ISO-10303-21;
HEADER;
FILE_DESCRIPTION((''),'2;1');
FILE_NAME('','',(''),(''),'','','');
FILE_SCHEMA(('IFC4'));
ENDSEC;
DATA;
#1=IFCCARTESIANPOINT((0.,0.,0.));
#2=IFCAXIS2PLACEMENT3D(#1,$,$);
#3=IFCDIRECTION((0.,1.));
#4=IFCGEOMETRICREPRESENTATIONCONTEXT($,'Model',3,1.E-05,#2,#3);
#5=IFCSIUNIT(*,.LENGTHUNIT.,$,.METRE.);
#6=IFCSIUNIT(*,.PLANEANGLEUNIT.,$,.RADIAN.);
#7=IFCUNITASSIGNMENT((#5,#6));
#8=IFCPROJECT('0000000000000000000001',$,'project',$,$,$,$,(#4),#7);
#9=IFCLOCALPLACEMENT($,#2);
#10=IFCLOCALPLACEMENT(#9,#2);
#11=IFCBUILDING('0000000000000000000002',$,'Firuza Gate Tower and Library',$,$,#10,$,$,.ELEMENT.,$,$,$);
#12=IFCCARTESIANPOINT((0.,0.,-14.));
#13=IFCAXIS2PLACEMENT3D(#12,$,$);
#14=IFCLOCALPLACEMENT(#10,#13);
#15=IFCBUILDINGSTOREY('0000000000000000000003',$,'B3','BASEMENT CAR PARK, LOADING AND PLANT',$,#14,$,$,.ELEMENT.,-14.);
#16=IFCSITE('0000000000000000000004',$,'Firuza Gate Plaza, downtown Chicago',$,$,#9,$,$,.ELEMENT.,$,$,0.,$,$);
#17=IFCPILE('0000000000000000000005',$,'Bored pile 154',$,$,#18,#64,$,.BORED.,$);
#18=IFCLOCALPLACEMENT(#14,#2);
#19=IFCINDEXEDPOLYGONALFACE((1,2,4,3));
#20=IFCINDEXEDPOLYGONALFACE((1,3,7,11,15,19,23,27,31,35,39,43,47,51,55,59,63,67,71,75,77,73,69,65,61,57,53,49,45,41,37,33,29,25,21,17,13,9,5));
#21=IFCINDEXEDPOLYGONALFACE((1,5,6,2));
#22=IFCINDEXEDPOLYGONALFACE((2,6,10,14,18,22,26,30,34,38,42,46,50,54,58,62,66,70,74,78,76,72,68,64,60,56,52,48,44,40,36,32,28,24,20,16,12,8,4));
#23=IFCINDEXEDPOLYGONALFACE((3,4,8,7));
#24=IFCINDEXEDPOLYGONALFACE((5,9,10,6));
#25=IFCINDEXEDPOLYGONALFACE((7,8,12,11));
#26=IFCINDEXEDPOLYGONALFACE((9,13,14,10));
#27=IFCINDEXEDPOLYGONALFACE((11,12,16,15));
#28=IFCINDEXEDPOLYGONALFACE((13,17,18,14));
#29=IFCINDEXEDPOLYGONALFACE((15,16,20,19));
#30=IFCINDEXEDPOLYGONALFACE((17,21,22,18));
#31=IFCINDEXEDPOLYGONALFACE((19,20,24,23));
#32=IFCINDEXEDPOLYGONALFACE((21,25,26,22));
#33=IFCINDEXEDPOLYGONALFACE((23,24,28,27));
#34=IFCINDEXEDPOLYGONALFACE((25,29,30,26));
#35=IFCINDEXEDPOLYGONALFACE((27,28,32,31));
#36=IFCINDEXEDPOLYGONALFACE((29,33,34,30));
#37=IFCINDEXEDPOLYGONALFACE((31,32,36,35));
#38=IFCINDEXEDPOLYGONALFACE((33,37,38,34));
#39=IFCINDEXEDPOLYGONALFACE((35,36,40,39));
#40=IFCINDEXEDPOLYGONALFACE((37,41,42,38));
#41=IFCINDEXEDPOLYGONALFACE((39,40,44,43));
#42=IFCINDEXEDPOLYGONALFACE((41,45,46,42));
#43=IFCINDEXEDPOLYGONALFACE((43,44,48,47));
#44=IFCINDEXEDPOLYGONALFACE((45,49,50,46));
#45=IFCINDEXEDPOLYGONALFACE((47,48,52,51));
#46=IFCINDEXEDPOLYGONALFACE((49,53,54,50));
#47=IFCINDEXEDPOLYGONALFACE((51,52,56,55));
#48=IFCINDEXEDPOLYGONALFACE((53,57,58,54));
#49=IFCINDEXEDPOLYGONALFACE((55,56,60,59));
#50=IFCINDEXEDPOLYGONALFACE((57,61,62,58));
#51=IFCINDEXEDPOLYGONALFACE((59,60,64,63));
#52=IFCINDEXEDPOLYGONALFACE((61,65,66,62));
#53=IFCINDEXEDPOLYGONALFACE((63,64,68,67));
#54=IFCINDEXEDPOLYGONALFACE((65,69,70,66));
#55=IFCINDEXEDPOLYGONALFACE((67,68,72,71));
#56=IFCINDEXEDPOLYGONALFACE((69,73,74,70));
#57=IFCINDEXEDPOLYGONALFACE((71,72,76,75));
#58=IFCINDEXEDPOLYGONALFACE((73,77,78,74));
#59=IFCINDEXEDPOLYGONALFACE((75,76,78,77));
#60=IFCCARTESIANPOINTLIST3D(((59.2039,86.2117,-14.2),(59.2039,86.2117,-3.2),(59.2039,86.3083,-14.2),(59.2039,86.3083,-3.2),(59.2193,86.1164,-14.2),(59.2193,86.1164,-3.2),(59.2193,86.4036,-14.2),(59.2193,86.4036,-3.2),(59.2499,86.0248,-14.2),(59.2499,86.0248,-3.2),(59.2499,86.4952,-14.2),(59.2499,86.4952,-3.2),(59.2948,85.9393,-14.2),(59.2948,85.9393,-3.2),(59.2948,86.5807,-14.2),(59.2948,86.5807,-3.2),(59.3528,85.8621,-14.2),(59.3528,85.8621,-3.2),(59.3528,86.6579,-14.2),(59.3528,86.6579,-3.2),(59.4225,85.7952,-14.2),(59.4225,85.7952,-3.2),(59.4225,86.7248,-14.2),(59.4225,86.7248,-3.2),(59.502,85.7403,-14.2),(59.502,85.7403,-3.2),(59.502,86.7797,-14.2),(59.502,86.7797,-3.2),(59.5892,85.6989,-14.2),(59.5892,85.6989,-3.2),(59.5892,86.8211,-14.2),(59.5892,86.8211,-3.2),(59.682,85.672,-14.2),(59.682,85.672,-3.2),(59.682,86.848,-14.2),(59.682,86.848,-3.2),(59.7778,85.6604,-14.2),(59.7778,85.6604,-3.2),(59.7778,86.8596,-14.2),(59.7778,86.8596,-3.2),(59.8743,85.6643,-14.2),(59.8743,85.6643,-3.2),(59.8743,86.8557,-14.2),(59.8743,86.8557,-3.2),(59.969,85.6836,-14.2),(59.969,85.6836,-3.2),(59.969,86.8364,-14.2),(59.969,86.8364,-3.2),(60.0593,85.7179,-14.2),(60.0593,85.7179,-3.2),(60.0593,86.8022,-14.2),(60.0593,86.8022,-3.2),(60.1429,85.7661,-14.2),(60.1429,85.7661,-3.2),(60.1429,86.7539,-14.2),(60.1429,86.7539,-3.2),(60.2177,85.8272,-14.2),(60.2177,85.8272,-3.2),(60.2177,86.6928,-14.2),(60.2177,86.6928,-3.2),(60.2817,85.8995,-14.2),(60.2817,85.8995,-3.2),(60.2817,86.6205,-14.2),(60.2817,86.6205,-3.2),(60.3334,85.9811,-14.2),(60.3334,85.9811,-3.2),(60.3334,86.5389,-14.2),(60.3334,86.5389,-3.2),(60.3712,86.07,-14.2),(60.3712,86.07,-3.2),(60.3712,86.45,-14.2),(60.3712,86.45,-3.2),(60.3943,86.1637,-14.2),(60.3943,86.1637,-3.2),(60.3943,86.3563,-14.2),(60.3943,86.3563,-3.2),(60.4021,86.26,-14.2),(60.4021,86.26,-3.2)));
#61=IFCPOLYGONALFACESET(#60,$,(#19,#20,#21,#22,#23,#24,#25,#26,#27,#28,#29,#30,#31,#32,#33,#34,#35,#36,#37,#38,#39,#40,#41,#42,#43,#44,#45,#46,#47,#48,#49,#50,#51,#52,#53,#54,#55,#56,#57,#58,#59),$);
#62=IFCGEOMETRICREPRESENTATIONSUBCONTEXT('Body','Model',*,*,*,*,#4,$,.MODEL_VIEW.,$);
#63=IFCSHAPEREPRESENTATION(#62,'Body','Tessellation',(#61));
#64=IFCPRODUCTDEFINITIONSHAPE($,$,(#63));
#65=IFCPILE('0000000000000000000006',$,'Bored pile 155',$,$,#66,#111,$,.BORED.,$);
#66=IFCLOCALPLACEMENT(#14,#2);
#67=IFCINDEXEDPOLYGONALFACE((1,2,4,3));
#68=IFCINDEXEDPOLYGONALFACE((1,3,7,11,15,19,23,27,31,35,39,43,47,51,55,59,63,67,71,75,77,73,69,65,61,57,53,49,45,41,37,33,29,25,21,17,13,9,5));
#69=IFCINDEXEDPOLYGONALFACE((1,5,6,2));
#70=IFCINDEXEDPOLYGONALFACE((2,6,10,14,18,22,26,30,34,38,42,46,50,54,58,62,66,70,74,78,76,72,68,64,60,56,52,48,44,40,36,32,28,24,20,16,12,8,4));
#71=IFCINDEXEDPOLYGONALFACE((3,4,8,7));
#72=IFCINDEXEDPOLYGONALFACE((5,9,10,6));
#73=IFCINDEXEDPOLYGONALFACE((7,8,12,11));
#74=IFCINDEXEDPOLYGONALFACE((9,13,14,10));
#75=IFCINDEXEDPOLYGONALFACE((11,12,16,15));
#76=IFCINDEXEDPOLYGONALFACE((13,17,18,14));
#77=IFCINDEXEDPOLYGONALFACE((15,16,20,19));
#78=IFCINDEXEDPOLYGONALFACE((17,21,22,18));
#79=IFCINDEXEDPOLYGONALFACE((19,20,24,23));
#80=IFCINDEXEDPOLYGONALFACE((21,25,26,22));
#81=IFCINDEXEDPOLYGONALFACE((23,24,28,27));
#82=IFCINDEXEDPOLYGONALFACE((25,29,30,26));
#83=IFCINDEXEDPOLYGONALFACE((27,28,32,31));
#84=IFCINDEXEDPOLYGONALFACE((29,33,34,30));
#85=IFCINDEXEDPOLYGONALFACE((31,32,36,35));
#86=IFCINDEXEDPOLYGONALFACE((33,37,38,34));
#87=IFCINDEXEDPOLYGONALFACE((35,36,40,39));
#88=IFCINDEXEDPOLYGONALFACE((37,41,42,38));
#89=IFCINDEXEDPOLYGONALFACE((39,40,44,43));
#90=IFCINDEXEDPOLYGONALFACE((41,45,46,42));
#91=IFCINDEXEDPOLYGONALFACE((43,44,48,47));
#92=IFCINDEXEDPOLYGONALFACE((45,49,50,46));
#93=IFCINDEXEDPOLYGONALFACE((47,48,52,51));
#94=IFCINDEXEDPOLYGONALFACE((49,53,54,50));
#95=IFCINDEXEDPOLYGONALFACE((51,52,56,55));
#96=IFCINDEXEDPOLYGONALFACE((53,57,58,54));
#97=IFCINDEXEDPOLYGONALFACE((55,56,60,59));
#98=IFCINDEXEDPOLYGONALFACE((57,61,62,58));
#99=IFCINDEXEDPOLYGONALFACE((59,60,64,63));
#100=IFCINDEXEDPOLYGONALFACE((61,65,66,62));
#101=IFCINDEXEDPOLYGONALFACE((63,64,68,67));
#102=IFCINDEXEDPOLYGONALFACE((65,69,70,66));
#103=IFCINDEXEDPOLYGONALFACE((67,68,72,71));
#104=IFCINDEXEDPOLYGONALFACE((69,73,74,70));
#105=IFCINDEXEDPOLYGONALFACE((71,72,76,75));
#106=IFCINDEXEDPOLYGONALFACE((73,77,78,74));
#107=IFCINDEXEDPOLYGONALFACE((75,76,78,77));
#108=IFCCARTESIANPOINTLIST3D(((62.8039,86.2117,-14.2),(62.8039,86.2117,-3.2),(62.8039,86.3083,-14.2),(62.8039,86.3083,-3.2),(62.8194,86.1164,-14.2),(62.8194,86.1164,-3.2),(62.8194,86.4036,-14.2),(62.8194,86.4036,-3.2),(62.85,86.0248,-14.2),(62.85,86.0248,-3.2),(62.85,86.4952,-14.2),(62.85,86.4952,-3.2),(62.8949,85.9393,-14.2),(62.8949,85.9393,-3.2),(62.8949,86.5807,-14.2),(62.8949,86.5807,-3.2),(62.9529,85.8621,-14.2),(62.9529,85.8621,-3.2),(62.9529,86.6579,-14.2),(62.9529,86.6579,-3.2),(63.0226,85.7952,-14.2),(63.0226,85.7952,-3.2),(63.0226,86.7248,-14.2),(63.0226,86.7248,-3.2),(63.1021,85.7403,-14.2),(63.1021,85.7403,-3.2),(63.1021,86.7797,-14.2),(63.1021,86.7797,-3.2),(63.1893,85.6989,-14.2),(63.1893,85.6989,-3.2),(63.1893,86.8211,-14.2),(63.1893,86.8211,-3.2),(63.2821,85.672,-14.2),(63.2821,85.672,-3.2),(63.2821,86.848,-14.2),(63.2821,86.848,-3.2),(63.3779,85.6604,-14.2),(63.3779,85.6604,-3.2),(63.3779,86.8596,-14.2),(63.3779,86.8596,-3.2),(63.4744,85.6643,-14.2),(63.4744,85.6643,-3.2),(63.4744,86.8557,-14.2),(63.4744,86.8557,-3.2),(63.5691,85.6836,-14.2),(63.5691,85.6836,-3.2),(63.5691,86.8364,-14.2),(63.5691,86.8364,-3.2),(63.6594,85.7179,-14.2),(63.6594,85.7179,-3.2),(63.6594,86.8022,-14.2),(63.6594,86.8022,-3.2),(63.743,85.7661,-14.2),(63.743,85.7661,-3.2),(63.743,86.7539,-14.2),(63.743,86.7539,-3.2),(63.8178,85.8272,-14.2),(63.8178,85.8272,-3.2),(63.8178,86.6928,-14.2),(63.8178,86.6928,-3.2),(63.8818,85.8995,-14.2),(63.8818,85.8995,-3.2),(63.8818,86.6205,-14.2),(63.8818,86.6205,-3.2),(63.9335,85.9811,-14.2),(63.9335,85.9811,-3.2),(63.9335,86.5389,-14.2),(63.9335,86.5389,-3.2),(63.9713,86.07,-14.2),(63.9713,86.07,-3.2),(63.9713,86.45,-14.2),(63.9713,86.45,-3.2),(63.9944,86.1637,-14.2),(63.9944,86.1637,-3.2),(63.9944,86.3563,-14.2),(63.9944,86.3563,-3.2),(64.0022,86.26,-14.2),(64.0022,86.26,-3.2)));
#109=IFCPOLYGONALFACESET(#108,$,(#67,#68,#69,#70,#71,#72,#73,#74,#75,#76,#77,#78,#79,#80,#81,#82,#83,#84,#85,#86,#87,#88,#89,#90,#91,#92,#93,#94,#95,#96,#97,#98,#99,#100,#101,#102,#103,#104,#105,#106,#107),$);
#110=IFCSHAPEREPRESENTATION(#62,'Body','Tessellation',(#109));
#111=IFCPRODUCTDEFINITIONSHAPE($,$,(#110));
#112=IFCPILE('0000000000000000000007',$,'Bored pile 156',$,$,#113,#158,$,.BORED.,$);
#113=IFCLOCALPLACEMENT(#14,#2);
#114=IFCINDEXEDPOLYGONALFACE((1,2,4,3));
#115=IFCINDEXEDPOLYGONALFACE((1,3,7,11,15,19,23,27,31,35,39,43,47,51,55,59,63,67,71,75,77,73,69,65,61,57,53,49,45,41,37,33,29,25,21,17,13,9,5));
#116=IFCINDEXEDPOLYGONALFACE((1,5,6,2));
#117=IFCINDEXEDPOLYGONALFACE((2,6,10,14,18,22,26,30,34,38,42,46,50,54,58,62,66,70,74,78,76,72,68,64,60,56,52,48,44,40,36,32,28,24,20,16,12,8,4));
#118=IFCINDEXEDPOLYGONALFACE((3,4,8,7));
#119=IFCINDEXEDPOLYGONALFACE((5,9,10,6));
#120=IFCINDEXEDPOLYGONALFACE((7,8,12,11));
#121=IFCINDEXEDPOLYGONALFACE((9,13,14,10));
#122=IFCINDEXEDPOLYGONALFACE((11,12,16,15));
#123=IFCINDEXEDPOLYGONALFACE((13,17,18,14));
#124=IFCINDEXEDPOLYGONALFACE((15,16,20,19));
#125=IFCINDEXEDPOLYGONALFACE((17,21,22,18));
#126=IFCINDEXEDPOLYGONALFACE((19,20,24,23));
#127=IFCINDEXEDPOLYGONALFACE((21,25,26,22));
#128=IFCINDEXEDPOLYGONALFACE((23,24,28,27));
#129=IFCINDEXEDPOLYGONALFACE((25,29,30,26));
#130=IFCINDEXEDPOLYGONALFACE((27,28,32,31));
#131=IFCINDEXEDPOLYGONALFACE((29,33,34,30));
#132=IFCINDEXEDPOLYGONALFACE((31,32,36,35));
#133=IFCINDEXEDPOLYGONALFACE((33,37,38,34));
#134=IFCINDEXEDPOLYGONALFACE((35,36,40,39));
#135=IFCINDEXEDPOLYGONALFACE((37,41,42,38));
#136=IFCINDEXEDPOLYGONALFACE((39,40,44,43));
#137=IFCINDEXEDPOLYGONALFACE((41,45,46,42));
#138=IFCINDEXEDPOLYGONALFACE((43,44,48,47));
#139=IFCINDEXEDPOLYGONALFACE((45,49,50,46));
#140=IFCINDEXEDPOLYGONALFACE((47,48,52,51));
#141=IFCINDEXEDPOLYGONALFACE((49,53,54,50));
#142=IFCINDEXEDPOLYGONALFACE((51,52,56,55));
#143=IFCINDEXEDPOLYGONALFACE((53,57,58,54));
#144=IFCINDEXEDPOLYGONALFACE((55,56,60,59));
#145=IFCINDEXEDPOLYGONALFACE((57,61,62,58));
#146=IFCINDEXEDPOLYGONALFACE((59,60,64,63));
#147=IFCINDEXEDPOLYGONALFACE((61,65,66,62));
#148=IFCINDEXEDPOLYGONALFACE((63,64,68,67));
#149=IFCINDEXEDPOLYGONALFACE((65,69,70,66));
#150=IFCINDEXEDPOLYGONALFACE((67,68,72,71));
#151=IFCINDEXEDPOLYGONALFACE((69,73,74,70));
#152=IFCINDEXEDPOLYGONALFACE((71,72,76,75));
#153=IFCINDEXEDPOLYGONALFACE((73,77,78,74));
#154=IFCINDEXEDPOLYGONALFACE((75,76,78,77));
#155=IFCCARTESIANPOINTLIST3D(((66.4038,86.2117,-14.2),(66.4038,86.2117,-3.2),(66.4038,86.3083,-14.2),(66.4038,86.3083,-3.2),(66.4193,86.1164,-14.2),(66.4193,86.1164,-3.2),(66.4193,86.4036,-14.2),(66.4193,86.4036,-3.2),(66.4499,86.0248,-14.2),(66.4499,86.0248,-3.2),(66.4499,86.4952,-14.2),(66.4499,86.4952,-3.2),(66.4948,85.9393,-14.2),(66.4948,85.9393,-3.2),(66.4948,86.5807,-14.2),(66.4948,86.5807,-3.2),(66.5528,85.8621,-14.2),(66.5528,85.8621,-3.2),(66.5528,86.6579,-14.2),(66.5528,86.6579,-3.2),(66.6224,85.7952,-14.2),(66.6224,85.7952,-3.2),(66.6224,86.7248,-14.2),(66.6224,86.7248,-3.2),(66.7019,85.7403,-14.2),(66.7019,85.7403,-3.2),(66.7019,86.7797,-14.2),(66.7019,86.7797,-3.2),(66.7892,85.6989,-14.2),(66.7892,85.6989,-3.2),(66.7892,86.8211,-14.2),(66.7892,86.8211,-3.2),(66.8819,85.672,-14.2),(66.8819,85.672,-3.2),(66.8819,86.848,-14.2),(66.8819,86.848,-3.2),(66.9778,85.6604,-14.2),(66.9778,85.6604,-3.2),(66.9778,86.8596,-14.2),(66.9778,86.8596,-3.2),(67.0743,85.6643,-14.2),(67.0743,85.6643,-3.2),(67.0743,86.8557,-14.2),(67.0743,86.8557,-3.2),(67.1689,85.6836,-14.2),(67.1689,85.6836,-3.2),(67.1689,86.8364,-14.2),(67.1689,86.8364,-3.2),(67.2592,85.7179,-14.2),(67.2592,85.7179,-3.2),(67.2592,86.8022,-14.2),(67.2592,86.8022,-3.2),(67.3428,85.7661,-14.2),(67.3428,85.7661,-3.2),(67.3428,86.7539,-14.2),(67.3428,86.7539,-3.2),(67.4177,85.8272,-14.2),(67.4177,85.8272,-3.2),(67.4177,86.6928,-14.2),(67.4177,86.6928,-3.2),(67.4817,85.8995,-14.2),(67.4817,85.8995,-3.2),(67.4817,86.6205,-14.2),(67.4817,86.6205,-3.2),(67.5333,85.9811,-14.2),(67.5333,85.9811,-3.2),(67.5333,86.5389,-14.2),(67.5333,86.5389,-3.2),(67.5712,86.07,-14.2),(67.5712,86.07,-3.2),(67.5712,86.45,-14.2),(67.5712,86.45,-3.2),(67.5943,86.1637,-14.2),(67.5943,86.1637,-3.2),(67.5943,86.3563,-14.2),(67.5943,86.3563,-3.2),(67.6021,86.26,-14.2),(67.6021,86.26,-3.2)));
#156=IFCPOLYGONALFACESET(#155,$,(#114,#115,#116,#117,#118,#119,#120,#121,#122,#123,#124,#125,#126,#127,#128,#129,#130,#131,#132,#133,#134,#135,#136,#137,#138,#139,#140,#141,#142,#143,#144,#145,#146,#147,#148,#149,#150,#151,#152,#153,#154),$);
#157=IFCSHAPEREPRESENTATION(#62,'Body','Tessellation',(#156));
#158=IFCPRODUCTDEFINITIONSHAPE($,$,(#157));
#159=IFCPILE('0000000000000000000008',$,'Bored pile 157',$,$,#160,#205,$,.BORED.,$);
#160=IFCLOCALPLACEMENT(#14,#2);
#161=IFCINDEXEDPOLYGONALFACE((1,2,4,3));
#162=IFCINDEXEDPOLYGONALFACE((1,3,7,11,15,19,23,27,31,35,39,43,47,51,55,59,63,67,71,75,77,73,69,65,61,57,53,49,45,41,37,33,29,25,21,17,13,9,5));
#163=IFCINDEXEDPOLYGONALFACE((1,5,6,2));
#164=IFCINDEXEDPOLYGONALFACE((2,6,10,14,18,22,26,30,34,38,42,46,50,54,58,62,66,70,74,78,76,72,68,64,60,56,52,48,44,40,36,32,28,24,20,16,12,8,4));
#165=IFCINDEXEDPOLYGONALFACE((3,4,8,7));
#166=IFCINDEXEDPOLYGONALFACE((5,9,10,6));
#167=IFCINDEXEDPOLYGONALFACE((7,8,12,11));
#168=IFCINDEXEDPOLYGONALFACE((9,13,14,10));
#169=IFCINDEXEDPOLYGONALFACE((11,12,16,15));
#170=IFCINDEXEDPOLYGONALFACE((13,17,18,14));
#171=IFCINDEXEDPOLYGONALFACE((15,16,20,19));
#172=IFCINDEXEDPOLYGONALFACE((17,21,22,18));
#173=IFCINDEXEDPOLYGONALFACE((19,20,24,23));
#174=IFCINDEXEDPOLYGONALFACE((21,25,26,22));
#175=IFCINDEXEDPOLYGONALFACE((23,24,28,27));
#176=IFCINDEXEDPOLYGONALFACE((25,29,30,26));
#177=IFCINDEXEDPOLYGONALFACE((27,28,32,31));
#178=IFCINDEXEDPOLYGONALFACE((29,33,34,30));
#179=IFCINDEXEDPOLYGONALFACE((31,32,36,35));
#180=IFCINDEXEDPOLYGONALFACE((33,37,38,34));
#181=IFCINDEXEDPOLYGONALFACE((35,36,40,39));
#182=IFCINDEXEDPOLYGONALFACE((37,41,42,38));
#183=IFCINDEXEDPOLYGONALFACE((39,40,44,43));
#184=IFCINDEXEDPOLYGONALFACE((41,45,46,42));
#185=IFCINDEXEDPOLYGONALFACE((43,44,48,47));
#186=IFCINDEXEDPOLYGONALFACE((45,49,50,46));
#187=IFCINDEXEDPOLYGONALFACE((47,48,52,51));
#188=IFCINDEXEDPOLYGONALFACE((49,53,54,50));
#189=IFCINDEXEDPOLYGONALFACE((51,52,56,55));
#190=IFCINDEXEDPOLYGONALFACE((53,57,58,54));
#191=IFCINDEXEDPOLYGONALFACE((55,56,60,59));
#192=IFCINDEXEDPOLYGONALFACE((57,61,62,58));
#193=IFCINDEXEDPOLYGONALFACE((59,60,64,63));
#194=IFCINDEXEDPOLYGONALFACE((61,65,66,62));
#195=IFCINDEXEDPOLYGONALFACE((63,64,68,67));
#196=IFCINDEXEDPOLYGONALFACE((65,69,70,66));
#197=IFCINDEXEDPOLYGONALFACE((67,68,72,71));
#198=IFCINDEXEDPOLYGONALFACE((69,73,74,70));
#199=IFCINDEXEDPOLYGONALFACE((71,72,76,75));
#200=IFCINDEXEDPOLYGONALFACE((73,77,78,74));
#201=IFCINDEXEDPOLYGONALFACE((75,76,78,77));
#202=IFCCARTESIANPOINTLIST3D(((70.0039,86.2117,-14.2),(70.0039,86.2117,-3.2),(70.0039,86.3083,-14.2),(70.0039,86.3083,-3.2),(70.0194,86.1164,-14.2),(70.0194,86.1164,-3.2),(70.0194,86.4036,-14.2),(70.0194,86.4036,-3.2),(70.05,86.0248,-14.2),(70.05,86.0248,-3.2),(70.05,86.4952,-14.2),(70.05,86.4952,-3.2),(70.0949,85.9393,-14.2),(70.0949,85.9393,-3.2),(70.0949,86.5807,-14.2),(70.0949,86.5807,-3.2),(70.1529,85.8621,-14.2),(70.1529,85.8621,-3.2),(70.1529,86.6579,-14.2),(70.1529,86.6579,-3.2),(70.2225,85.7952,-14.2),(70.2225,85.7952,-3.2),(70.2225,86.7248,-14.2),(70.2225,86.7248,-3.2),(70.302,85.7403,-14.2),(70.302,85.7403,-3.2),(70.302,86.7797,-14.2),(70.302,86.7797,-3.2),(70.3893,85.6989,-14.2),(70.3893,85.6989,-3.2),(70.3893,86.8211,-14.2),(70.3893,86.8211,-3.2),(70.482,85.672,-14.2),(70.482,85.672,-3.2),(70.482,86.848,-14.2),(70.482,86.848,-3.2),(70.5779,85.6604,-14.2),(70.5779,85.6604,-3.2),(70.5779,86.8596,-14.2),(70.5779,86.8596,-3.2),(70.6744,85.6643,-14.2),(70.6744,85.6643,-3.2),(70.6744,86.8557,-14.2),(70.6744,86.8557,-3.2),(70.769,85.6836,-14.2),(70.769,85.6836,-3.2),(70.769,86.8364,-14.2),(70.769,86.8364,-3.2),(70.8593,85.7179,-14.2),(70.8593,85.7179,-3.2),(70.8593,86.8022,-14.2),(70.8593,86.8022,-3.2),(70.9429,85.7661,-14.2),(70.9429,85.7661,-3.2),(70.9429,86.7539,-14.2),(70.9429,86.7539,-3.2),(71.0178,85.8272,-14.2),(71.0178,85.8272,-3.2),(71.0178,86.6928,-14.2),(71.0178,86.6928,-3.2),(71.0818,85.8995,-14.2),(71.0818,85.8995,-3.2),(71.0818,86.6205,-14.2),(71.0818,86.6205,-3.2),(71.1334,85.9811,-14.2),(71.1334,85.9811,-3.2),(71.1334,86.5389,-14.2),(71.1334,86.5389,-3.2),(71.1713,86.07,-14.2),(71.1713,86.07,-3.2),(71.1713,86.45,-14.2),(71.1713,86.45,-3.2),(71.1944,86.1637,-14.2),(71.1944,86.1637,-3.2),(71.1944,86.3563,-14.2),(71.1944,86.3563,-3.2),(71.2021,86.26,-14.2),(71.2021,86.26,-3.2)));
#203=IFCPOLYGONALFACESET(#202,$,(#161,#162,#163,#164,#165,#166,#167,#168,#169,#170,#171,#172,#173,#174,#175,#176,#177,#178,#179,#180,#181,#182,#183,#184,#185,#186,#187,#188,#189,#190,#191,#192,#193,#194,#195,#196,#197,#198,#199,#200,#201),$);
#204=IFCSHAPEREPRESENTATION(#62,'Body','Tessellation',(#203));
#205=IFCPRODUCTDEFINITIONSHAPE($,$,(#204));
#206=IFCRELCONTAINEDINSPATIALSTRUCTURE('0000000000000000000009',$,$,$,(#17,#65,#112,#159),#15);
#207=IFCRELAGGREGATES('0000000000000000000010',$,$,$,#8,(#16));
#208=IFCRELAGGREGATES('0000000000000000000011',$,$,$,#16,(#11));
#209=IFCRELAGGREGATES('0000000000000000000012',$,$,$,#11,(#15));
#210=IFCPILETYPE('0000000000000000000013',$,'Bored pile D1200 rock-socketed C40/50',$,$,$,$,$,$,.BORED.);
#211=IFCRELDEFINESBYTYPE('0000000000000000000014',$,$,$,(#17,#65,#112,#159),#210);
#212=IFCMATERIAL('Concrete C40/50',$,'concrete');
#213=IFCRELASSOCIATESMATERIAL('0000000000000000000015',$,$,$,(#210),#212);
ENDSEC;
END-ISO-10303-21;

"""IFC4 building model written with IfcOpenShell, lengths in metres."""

from ifc_helpers import new_model, si_unit, direction, frame, origin, origin_2d, place, context, subcontext, project, spatial, circle, extrude, material, material_profile, profile_set, type_object, element, save


model = new_model("IFC4")

# Units and contexts
model_context = context("Model", 3, precision=1e-05, world=origin(), true_north=direction((0.0, 1.0)))
body_context = subcontext(model_context, "Body", "Model", "MODEL_VIEW")
ifc_project = project(units=[si_unit("LENGTHUNIT", "METRE"), si_unit("PLANEANGLEUNIT", "RADIAN")], contexts=[model_context])

# Site, building, storey
site_placement = place(None, origin())
site = spatial("IfcSite", under=ifc_project, at=site_placement, Name="Firuza Gate Plaza, downtown Chicago", CompositionType="ELEMENT", RefElevation=0.0)
building_placement = place(site_placement, origin())
building = spatial("IfcBuilding", under=site, at=building_placement, Name="Firuza Gate Tower and Library", CompositionType="ELEMENT")
storey_placement = place(building_placement, frame((0.0, 0.0, -14.0)))
storey = spatial("IfcBuildingStorey", under=building, at=storey_placement, Name="B3", Description="BASEMENT CAR PARK, LOADING AND PLANT", CompositionType="ELEMENT", Elevation=-14.0)

# Piles
ifc_material_1 = material(Name="Concrete C40/50", Category="concrete")
ifc_material_profile_1 = material_profile(ifc_material_1, circle(Radius=0.6001, at=origin_2d()))
ifc_profile_set_1 = profile_set([ifc_material_profile_1], Name="Concrete C40/50")
pile_type = type_object("IfcPileType", Name="Bored pile D1200 rock-socketed C40/50", PredefinedType="BORED", material=ifc_profile_set_1)
for number, where, z_axis, x_axis, name in (
    (1, (59.802, 86.26, -3.2), (0.0, 0.0, -1.0), (1.0, 0.0, 0.0), "Bored pile 154"),
    (2, (63.4021, 86.26, -3.2), (0.0, 0.0, -1.0), (1.0, 0.0, 0.0), "Bored pile 155"),
    (3, (67.002, 86.26, -3.2), (0.0, 0.0, -1.0), (1.0, 0.0, 0.0), "Bored pile 156"),
    (4, (70.6021, 86.26, -3.2), (0.0, 0.0, -1.0), (1.0, 0.0, 0.0), "Bored pile 157"),
):
    element("IfcPile", number, at=place(storey_placement, frame(where, z_axis=z_axis, x_axis=x_axis)), inside=storey, type_object=pile_type, Name=name, PredefinedType="BORED", context=body_context, shape_type="SweptSolid", body=[
        extrude(circle(Radius=0.6001, at=origin_2d()), origin(), (0.0, 0.0, 1.0), 11.0),
    ])

save(model, "model.ifc")
